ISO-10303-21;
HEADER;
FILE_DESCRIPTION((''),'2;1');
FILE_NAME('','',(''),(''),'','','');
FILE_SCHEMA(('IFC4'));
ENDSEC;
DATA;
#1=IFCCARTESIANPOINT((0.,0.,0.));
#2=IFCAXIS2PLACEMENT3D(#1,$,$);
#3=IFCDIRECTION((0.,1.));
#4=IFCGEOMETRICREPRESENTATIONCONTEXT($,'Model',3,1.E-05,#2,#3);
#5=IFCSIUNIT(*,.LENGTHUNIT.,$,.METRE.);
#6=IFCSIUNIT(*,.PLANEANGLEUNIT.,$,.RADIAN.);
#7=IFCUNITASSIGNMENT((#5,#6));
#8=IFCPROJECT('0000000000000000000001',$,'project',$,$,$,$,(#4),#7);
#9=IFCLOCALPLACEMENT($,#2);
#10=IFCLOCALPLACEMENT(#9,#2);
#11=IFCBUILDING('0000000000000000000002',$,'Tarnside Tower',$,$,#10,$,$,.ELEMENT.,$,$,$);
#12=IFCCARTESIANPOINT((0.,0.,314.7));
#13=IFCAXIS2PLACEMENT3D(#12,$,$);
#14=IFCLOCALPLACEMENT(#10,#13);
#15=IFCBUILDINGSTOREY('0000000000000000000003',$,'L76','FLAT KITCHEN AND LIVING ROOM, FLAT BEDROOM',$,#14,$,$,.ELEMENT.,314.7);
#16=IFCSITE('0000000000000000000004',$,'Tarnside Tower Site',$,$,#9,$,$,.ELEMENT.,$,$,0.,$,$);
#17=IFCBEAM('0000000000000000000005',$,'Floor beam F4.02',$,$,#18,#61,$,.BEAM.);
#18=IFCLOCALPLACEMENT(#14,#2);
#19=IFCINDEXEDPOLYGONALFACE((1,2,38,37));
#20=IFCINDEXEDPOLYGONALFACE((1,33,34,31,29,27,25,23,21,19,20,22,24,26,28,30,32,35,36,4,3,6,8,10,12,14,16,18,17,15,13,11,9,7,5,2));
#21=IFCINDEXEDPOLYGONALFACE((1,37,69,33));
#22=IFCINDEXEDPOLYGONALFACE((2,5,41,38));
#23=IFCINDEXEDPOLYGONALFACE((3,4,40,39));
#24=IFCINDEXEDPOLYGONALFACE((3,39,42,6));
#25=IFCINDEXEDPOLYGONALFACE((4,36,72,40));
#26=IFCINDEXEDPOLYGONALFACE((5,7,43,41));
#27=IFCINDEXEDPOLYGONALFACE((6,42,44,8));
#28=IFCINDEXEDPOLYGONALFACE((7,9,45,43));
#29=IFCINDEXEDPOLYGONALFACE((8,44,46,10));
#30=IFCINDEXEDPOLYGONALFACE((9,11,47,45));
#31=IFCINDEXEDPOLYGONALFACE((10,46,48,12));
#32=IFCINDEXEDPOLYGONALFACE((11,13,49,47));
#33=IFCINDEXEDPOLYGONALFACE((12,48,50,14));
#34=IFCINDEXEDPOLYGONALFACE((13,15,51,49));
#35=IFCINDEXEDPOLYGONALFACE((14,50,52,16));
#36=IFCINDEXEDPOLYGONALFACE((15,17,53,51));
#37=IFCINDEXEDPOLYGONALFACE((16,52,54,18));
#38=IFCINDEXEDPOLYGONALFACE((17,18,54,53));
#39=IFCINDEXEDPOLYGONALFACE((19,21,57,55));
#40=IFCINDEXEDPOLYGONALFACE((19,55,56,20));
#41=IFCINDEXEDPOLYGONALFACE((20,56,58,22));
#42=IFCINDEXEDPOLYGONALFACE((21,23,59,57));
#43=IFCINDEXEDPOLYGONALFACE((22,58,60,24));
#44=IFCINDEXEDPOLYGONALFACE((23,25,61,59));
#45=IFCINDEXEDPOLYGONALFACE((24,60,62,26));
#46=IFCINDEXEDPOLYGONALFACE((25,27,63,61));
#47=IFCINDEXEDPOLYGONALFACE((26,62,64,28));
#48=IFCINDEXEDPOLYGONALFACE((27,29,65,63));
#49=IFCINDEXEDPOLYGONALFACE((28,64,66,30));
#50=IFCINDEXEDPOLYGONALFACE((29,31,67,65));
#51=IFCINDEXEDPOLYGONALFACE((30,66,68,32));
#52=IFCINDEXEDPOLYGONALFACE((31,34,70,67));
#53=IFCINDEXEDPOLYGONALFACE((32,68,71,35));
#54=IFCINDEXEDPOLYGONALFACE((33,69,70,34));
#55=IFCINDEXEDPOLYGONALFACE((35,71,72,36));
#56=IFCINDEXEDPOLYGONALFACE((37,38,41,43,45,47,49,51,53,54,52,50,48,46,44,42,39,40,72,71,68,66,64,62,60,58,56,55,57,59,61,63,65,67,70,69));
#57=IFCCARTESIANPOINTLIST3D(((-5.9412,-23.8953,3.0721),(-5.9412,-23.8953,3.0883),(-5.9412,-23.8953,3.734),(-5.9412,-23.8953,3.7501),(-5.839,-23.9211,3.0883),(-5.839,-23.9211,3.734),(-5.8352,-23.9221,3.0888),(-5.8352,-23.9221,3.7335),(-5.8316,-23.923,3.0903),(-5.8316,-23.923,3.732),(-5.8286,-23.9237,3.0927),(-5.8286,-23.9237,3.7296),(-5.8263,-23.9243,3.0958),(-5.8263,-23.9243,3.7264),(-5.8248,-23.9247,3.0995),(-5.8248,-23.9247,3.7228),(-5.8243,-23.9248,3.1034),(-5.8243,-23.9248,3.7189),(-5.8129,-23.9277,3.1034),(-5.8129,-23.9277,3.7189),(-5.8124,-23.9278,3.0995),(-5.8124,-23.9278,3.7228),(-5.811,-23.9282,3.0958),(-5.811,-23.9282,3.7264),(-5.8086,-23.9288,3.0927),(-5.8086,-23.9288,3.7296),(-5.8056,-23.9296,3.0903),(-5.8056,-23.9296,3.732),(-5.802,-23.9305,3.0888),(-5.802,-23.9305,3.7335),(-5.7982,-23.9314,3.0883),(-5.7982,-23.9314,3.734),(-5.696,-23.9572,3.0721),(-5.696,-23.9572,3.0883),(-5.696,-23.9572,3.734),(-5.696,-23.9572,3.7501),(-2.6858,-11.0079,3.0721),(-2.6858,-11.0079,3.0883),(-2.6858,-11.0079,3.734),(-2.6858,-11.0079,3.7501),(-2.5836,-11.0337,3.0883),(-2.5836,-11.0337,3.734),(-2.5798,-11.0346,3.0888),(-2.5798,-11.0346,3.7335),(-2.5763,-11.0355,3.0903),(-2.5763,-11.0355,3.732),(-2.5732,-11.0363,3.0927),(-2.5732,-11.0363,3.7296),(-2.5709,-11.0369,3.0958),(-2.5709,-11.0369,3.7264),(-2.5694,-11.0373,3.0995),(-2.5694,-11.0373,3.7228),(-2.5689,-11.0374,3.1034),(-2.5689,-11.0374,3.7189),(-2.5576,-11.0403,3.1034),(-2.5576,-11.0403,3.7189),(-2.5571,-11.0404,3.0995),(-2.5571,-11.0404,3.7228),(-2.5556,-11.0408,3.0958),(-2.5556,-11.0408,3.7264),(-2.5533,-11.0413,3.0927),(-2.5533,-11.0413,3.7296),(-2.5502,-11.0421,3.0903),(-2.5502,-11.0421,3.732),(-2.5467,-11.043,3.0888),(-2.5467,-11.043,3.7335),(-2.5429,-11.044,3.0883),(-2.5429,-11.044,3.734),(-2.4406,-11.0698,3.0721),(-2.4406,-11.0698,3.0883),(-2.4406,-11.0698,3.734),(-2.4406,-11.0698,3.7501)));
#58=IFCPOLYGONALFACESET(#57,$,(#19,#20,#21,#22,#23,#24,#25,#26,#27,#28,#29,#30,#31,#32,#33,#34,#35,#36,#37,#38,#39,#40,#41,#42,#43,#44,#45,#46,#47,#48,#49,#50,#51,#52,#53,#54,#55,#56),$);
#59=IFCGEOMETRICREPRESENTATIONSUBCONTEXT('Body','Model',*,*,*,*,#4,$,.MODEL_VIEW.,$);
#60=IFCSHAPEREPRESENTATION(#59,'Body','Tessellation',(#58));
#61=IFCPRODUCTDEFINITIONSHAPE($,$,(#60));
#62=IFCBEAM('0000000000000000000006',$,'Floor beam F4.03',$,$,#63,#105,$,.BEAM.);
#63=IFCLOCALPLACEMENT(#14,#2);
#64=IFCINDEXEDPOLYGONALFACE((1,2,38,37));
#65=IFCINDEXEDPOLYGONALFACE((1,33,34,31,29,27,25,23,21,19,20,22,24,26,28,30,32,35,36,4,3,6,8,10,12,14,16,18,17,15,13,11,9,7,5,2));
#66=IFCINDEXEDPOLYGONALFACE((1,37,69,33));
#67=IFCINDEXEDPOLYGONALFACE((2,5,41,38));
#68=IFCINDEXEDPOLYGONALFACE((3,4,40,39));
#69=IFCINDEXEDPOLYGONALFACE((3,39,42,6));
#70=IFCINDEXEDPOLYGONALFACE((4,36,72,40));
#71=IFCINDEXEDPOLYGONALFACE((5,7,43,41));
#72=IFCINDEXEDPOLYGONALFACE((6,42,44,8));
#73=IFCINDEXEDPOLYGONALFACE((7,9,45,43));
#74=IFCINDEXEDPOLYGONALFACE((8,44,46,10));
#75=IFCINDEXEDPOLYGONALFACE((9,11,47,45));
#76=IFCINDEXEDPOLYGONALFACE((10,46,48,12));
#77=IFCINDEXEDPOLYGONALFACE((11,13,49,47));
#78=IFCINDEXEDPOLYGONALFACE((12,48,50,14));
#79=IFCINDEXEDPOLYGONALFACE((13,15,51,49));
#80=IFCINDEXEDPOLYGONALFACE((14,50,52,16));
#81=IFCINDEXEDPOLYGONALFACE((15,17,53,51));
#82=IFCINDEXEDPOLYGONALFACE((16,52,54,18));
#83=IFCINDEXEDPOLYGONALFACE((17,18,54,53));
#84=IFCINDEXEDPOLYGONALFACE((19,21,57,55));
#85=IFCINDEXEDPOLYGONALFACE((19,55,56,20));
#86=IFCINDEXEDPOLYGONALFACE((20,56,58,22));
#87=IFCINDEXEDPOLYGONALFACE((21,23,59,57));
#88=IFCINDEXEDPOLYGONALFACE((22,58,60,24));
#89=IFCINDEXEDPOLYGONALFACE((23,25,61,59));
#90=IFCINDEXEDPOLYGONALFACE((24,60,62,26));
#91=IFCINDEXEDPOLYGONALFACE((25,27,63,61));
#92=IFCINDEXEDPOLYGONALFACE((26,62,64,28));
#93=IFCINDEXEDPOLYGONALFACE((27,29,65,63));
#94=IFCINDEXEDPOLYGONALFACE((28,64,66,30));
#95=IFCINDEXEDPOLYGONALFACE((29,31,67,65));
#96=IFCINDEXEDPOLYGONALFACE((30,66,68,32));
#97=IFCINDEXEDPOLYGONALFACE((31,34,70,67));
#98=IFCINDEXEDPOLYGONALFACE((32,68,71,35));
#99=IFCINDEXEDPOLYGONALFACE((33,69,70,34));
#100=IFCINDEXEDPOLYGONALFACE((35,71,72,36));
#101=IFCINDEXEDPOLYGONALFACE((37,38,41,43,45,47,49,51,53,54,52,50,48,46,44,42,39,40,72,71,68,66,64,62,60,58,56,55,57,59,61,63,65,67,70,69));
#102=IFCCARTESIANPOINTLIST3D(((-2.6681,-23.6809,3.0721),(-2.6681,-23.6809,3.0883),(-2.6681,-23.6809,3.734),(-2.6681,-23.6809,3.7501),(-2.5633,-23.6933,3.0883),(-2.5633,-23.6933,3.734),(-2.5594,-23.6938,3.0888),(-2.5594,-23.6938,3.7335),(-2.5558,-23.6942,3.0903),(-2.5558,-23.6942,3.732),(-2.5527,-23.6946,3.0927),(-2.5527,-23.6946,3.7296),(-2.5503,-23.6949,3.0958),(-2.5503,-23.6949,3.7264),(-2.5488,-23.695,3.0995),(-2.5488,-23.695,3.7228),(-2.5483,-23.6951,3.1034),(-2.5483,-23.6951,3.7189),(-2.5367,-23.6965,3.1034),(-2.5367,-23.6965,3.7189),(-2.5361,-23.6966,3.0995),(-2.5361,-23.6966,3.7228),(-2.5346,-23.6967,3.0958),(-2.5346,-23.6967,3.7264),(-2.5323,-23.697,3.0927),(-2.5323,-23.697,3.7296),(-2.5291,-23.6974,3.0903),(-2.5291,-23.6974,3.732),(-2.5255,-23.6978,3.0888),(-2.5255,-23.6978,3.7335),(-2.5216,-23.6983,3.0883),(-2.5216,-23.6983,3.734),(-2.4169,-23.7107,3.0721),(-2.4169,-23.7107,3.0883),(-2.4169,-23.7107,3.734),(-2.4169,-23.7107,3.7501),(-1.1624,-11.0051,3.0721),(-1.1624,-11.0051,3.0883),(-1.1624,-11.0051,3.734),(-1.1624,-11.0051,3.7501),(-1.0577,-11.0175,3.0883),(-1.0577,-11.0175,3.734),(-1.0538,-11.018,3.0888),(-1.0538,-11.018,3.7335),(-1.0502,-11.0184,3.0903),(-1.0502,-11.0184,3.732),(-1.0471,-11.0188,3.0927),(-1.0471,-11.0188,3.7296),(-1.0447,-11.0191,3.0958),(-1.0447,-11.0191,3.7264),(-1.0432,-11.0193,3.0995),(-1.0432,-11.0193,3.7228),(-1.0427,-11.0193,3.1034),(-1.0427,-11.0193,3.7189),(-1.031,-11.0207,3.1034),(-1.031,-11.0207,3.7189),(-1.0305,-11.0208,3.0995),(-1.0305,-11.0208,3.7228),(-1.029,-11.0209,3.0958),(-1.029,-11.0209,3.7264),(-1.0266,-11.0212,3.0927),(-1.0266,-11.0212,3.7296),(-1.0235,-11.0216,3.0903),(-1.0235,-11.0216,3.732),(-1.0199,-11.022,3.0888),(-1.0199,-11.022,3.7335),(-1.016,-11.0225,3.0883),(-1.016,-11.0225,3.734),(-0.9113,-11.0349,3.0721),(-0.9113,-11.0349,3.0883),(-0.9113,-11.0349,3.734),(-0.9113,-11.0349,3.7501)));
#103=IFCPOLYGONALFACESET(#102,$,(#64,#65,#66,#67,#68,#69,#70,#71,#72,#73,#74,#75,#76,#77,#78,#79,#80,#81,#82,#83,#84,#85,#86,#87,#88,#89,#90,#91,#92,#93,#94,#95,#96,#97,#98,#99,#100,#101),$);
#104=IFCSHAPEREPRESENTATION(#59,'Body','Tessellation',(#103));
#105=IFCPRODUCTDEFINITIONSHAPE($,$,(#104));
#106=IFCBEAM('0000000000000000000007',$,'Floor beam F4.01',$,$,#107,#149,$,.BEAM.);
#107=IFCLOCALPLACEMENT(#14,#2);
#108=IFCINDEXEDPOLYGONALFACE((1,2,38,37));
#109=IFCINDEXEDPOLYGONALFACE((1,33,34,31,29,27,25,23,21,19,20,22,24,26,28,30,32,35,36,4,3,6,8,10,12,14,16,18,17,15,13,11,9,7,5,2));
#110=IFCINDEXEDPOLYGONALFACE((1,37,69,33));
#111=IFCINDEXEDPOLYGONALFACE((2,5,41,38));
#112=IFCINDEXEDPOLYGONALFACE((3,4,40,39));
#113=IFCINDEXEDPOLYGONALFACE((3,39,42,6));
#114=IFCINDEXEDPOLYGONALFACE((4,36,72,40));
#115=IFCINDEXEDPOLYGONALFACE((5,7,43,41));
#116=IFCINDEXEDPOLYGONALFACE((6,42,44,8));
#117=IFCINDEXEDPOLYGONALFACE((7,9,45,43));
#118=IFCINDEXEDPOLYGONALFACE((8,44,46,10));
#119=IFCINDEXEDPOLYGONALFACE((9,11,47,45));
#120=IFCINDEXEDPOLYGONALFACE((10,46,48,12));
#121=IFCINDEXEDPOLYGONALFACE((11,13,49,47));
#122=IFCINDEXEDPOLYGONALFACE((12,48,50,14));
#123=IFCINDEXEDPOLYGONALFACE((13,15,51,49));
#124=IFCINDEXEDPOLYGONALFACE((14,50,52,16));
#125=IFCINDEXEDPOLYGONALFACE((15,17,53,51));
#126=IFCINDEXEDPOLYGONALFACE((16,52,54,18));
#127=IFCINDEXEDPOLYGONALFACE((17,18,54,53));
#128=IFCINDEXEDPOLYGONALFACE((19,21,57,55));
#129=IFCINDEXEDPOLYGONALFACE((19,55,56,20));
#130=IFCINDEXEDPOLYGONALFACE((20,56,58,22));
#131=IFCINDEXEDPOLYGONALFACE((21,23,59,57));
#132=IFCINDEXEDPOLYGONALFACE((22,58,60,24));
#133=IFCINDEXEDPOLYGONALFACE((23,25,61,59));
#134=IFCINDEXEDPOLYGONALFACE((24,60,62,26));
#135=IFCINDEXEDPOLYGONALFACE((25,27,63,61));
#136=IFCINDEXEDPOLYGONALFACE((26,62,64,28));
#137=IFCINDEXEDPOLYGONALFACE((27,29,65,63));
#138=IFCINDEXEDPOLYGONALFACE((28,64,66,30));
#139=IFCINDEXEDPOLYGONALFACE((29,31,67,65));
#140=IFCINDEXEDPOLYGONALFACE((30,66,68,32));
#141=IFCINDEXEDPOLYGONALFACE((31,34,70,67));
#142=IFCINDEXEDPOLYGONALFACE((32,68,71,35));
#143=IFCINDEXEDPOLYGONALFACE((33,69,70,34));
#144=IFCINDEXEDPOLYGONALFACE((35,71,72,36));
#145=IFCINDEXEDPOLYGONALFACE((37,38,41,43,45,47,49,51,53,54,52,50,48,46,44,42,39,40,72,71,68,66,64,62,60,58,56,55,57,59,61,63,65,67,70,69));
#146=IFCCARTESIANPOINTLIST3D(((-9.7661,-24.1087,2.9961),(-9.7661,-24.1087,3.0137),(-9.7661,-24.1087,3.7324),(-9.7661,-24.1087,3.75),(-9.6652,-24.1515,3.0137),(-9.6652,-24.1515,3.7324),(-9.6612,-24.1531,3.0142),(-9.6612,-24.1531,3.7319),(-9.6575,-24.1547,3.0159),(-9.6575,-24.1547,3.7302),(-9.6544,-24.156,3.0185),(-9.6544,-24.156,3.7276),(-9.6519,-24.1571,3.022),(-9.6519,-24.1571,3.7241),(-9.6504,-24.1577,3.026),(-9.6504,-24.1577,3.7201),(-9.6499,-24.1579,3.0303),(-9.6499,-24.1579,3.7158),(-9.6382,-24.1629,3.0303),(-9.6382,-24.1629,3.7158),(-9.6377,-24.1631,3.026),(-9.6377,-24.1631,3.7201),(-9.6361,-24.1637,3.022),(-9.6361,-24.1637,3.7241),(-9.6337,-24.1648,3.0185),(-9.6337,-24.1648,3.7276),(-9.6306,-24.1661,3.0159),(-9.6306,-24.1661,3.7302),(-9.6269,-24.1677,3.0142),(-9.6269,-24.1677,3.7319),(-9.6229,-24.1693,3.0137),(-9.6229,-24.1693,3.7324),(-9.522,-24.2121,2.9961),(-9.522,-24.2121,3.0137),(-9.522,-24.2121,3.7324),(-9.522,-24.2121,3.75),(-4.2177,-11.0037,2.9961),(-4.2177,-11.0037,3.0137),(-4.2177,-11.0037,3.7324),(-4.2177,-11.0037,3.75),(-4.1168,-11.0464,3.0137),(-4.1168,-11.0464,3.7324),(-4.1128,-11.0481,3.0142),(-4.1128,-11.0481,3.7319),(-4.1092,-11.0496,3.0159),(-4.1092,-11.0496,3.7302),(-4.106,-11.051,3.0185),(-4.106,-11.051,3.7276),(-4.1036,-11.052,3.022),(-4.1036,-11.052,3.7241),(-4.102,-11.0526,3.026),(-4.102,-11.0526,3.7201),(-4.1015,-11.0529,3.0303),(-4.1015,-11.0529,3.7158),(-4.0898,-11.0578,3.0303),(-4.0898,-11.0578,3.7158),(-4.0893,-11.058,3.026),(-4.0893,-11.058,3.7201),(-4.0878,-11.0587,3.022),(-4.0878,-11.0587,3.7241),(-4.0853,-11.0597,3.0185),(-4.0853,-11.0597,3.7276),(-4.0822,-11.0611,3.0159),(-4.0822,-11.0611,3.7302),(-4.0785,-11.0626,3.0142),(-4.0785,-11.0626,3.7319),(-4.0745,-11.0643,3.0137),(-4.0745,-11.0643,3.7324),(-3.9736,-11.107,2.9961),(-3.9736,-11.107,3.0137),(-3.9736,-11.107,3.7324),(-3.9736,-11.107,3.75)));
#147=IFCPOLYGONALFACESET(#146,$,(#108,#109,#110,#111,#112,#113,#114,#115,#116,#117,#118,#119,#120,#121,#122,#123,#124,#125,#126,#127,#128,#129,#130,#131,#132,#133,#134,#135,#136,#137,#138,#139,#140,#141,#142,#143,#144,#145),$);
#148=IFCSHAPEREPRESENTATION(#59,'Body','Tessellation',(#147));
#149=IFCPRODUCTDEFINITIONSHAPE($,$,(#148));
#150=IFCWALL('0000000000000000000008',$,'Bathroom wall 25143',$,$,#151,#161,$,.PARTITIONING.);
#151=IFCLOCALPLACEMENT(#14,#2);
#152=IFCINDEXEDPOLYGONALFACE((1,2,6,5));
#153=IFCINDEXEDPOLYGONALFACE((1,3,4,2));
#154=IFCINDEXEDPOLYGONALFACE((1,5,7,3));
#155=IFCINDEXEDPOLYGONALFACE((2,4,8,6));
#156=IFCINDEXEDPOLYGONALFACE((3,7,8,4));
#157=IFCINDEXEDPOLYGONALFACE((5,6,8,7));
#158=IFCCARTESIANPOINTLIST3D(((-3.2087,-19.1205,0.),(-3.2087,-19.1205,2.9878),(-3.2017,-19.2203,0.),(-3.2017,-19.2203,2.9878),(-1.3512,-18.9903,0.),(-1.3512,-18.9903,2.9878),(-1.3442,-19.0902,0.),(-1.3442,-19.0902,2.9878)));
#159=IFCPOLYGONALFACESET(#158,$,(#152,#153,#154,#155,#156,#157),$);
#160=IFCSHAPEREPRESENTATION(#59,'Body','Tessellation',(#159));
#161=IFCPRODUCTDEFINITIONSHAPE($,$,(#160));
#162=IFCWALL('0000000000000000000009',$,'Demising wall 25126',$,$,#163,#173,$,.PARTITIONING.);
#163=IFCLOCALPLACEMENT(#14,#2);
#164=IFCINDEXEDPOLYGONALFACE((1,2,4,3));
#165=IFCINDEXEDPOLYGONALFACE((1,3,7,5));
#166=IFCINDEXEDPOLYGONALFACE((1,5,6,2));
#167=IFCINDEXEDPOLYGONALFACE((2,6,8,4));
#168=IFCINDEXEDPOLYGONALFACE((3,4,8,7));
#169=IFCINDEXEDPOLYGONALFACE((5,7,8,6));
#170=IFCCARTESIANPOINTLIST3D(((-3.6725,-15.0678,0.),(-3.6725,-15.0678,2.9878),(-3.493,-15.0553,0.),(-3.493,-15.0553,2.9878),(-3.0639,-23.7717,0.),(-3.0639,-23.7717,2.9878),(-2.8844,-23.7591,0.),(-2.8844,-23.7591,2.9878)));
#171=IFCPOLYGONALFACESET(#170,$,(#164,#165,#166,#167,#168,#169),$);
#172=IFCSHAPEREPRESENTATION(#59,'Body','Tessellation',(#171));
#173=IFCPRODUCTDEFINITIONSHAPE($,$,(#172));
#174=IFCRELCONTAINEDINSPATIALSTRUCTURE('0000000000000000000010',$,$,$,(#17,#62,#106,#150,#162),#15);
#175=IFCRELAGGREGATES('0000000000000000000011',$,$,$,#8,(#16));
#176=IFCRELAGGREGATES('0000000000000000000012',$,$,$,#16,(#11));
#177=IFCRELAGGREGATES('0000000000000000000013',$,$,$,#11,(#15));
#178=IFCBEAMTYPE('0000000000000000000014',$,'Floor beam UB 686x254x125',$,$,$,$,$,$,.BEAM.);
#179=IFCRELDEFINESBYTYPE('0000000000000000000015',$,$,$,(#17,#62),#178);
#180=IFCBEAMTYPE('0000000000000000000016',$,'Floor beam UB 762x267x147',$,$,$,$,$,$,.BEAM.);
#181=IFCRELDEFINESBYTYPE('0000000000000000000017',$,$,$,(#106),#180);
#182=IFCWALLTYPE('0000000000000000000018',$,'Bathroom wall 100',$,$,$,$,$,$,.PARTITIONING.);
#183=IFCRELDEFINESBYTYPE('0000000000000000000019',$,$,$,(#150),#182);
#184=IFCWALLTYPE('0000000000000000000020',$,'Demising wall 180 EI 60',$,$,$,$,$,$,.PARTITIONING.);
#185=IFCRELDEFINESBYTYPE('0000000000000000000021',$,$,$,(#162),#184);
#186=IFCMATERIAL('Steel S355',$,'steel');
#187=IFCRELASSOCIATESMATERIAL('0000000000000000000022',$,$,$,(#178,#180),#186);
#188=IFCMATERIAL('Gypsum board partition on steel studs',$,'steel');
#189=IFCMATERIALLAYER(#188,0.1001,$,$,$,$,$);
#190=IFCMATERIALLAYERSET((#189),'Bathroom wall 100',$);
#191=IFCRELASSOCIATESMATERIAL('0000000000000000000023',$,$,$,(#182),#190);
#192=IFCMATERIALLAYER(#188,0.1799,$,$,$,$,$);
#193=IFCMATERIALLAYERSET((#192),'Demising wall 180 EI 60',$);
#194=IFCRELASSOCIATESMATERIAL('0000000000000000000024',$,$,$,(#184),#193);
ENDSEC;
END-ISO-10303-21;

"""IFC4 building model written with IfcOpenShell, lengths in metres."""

from ifc_helpers import new_model, si_unit, direction, frame, frame_2d, origin, origin_2d, place, context, subcontext, project, spatial, rectangle, i_section, extrude, material, layer, layer_set, material_profile, profile_set, type_object, element, save


model = new_model("IFC4")

# Units and contexts
model_context = context("Model", 3, precision=1e-05, world=origin(), true_north=direction((0.0, 1.0)))
body_context = subcontext(model_context, "Body", "Model", "MODEL_VIEW")
ifc_project = project(units=[si_unit("LENGTHUNIT", "METRE"), si_unit("PLANEANGLEUNIT", "RADIAN")], contexts=[model_context])

# Site, building, storey
site_placement = place(None, origin())
site = spatial("IfcSite", under=ifc_project, at=site_placement, Name="Tarnside Tower Site", CompositionType="ELEMENT", RefElevation=0.0)
building_placement = place(site_placement, origin())
building = spatial("IfcBuilding", under=site, at=building_placement, Name="Tarnside Tower", CompositionType="ELEMENT")
storey_placement = place(building_placement, frame((0.0, 0.0, 314.7)))
storey = spatial("IfcBuildingStorey", under=building, at=storey_placement, Name="L76", Description="FLAT KITCHEN AND LIVING ROOM, FLAT BEDROOM", CompositionType="ELEMENT", Elevation=314.7)

# Beams
ifc_material_1 = material(Name="Steel S355", Category="steel")
ifc_material_profile_1 = material_profile(ifc_material_1, i_section(OverallWidth=0.2529, OverallDepth=0.678, WebThickness=0.0117, FlangeThickness=0.0161, FilletRadius=0.0151, at=origin_2d()), Name="UB 686x254x125")
ifc_profile_set_1 = profile_set([ifc_material_profile_1], Name="Steel S355")
beam_type_1 = type_object("IfcBeamType", Name="Floor beam UB 686x254x125", PredefinedType="BEAM", material=ifc_profile_set_1)
beam_1_placement = place(storey_placement, frame((-5.8186, -23.9263, 3.4111), z_axis=(0.244908, 0.969546, 0.0), x_axis=(-0.969546, 0.244908, 0.0)))
element("IfcBeam", 1, at=beam_1_placement, inside=storey, type_object=beam_type_1, Name="Floor beam F4.02", PredefinedType="BEAM", context=body_context, shape_type="SweptSolid", body=[
    extrude(i_section(OverallWidth=0.2529, OverallDepth=0.678, WebThickness=0.0117, FlangeThickness=0.0161, FilletRadius=0.0151, at=origin_2d()), origin(), (0.0, 0.0, 1.0), 13.2922),
])
beam_2_placement = place(storey_placement, frame((-2.5425, -23.6958, 3.4111), z_axis=(0.11795, 0.99302, 0.0), x_axis=(-0.99302, 0.11795, 0.0)))
element("IfcBeam", 2, at=beam_2_placement, inside=storey, type_object=beam_type_1, Name="Floor beam F4.03", PredefinedType="BEAM", context=body_context, shape_type="SweptSolid", body=[
    extrude(i_section(OverallWidth=0.2529, OverallDepth=0.678, WebThickness=0.0117, FlangeThickness=0.0161, FilletRadius=0.0151, at=origin_2d()), origin(), (0.0, 0.0, 1.0), 12.7649),
])
ifc_material_profile_2 = material_profile(ifc_material_1, i_section(OverallWidth=0.2651, OverallDepth=0.7539, WebThickness=0.0127, FlangeThickness=0.0176, FilletRadius=0.0166, at=origin_2d()), Name="UB 762x267x147")
ifc_profile_set_2 = profile_set([ifc_material_profile_2], Name="Steel S355")
beam_type_2 = type_object("IfcBeamType", Name="Floor beam UB 762x267x147", PredefinedType="BEAM", material=ifc_profile_set_2)
beam_3_placement = place(storey_placement, frame((-9.644, -24.1604, 3.373), z_axis=(0.389874, 0.920868, 0.0), x_axis=(-0.920868, 0.389874, 0.0)))
element("IfcBeam", 3, at=beam_3_placement, inside=storey, type_object=beam_type_2, Name="Floor beam F4.01", PredefinedType="BEAM", context=body_context, shape_type="SweptSolid", body=[
    extrude(i_section(OverallWidth=0.2651, OverallDepth=0.7539, WebThickness=0.0127, FlangeThickness=0.0176, FilletRadius=0.0166, at=origin_2d()), origin(), (0.0, 0.0, 1.0), 14.2312),
])

# Walls
ifc_material_2 = material(Name="Gypsum board partition on steel studs", Category="steel")
ifc_layer_1 = layer(ifc_material_2, 0.1001)
ifc_layer_set_1 = layer_set([ifc_layer_1], Name="Bathroom wall 100")
wall_type_1 = type_object("IfcWallType", Name="Bathroom wall 100", PredefinedType="PARTITIONING", material=ifc_layer_set_1)
wall_1_placement = place(storey_placement, frame((-3.2053, -19.1704, 0.0), z_axis=(0.0, 0.0, 1.0), x_axis=(0.997555, 0.069887, 0.0)))
element("IfcWall", 4, at=wall_1_placement, inside=storey, type_object=wall_type_1, Name="Bathroom wall 25143", PredefinedType="PARTITIONING", context=body_context, shape_type="SweptSolid", body=[
    extrude(rectangle(XDim=1.8621, YDim=0.1001, at=frame_2d((0.9312, 0.0))), origin(), (0.0, 0.0, 1.0), 2.9878),
])
ifc_layer_2 = layer(ifc_material_2, 0.1799)
ifc_layer_set_2 = layer_set([ifc_layer_2], Name="Demising wall 180 EI 60")
wall_type_2 = type_object("IfcWallType", Name="Demising wall 180 EI 60", PredefinedType="PARTITIONING", material=ifc_layer_set_2)
wall_2_placement = place(storey_placement, frame((-2.9741, -23.7654, 0.0), z_axis=(0.0, 0.0, 1.0), x_axis=(-0.069758, 0.997564, 0.0)))
element("IfcWall", 5, at=wall_2_placement, inside=storey, type_object=wall_type_2, Name="Demising wall 25126", PredefinedType="PARTITIONING", context=body_context, shape_type="SweptSolid", body=[
    extrude(rectangle(XDim=8.7251, YDim=0.1799, at=frame_2d((4.3625, 0.0))), origin(), (0.0, 0.0, 1.0), 2.9878),
])

save(model, "model.ifc")
